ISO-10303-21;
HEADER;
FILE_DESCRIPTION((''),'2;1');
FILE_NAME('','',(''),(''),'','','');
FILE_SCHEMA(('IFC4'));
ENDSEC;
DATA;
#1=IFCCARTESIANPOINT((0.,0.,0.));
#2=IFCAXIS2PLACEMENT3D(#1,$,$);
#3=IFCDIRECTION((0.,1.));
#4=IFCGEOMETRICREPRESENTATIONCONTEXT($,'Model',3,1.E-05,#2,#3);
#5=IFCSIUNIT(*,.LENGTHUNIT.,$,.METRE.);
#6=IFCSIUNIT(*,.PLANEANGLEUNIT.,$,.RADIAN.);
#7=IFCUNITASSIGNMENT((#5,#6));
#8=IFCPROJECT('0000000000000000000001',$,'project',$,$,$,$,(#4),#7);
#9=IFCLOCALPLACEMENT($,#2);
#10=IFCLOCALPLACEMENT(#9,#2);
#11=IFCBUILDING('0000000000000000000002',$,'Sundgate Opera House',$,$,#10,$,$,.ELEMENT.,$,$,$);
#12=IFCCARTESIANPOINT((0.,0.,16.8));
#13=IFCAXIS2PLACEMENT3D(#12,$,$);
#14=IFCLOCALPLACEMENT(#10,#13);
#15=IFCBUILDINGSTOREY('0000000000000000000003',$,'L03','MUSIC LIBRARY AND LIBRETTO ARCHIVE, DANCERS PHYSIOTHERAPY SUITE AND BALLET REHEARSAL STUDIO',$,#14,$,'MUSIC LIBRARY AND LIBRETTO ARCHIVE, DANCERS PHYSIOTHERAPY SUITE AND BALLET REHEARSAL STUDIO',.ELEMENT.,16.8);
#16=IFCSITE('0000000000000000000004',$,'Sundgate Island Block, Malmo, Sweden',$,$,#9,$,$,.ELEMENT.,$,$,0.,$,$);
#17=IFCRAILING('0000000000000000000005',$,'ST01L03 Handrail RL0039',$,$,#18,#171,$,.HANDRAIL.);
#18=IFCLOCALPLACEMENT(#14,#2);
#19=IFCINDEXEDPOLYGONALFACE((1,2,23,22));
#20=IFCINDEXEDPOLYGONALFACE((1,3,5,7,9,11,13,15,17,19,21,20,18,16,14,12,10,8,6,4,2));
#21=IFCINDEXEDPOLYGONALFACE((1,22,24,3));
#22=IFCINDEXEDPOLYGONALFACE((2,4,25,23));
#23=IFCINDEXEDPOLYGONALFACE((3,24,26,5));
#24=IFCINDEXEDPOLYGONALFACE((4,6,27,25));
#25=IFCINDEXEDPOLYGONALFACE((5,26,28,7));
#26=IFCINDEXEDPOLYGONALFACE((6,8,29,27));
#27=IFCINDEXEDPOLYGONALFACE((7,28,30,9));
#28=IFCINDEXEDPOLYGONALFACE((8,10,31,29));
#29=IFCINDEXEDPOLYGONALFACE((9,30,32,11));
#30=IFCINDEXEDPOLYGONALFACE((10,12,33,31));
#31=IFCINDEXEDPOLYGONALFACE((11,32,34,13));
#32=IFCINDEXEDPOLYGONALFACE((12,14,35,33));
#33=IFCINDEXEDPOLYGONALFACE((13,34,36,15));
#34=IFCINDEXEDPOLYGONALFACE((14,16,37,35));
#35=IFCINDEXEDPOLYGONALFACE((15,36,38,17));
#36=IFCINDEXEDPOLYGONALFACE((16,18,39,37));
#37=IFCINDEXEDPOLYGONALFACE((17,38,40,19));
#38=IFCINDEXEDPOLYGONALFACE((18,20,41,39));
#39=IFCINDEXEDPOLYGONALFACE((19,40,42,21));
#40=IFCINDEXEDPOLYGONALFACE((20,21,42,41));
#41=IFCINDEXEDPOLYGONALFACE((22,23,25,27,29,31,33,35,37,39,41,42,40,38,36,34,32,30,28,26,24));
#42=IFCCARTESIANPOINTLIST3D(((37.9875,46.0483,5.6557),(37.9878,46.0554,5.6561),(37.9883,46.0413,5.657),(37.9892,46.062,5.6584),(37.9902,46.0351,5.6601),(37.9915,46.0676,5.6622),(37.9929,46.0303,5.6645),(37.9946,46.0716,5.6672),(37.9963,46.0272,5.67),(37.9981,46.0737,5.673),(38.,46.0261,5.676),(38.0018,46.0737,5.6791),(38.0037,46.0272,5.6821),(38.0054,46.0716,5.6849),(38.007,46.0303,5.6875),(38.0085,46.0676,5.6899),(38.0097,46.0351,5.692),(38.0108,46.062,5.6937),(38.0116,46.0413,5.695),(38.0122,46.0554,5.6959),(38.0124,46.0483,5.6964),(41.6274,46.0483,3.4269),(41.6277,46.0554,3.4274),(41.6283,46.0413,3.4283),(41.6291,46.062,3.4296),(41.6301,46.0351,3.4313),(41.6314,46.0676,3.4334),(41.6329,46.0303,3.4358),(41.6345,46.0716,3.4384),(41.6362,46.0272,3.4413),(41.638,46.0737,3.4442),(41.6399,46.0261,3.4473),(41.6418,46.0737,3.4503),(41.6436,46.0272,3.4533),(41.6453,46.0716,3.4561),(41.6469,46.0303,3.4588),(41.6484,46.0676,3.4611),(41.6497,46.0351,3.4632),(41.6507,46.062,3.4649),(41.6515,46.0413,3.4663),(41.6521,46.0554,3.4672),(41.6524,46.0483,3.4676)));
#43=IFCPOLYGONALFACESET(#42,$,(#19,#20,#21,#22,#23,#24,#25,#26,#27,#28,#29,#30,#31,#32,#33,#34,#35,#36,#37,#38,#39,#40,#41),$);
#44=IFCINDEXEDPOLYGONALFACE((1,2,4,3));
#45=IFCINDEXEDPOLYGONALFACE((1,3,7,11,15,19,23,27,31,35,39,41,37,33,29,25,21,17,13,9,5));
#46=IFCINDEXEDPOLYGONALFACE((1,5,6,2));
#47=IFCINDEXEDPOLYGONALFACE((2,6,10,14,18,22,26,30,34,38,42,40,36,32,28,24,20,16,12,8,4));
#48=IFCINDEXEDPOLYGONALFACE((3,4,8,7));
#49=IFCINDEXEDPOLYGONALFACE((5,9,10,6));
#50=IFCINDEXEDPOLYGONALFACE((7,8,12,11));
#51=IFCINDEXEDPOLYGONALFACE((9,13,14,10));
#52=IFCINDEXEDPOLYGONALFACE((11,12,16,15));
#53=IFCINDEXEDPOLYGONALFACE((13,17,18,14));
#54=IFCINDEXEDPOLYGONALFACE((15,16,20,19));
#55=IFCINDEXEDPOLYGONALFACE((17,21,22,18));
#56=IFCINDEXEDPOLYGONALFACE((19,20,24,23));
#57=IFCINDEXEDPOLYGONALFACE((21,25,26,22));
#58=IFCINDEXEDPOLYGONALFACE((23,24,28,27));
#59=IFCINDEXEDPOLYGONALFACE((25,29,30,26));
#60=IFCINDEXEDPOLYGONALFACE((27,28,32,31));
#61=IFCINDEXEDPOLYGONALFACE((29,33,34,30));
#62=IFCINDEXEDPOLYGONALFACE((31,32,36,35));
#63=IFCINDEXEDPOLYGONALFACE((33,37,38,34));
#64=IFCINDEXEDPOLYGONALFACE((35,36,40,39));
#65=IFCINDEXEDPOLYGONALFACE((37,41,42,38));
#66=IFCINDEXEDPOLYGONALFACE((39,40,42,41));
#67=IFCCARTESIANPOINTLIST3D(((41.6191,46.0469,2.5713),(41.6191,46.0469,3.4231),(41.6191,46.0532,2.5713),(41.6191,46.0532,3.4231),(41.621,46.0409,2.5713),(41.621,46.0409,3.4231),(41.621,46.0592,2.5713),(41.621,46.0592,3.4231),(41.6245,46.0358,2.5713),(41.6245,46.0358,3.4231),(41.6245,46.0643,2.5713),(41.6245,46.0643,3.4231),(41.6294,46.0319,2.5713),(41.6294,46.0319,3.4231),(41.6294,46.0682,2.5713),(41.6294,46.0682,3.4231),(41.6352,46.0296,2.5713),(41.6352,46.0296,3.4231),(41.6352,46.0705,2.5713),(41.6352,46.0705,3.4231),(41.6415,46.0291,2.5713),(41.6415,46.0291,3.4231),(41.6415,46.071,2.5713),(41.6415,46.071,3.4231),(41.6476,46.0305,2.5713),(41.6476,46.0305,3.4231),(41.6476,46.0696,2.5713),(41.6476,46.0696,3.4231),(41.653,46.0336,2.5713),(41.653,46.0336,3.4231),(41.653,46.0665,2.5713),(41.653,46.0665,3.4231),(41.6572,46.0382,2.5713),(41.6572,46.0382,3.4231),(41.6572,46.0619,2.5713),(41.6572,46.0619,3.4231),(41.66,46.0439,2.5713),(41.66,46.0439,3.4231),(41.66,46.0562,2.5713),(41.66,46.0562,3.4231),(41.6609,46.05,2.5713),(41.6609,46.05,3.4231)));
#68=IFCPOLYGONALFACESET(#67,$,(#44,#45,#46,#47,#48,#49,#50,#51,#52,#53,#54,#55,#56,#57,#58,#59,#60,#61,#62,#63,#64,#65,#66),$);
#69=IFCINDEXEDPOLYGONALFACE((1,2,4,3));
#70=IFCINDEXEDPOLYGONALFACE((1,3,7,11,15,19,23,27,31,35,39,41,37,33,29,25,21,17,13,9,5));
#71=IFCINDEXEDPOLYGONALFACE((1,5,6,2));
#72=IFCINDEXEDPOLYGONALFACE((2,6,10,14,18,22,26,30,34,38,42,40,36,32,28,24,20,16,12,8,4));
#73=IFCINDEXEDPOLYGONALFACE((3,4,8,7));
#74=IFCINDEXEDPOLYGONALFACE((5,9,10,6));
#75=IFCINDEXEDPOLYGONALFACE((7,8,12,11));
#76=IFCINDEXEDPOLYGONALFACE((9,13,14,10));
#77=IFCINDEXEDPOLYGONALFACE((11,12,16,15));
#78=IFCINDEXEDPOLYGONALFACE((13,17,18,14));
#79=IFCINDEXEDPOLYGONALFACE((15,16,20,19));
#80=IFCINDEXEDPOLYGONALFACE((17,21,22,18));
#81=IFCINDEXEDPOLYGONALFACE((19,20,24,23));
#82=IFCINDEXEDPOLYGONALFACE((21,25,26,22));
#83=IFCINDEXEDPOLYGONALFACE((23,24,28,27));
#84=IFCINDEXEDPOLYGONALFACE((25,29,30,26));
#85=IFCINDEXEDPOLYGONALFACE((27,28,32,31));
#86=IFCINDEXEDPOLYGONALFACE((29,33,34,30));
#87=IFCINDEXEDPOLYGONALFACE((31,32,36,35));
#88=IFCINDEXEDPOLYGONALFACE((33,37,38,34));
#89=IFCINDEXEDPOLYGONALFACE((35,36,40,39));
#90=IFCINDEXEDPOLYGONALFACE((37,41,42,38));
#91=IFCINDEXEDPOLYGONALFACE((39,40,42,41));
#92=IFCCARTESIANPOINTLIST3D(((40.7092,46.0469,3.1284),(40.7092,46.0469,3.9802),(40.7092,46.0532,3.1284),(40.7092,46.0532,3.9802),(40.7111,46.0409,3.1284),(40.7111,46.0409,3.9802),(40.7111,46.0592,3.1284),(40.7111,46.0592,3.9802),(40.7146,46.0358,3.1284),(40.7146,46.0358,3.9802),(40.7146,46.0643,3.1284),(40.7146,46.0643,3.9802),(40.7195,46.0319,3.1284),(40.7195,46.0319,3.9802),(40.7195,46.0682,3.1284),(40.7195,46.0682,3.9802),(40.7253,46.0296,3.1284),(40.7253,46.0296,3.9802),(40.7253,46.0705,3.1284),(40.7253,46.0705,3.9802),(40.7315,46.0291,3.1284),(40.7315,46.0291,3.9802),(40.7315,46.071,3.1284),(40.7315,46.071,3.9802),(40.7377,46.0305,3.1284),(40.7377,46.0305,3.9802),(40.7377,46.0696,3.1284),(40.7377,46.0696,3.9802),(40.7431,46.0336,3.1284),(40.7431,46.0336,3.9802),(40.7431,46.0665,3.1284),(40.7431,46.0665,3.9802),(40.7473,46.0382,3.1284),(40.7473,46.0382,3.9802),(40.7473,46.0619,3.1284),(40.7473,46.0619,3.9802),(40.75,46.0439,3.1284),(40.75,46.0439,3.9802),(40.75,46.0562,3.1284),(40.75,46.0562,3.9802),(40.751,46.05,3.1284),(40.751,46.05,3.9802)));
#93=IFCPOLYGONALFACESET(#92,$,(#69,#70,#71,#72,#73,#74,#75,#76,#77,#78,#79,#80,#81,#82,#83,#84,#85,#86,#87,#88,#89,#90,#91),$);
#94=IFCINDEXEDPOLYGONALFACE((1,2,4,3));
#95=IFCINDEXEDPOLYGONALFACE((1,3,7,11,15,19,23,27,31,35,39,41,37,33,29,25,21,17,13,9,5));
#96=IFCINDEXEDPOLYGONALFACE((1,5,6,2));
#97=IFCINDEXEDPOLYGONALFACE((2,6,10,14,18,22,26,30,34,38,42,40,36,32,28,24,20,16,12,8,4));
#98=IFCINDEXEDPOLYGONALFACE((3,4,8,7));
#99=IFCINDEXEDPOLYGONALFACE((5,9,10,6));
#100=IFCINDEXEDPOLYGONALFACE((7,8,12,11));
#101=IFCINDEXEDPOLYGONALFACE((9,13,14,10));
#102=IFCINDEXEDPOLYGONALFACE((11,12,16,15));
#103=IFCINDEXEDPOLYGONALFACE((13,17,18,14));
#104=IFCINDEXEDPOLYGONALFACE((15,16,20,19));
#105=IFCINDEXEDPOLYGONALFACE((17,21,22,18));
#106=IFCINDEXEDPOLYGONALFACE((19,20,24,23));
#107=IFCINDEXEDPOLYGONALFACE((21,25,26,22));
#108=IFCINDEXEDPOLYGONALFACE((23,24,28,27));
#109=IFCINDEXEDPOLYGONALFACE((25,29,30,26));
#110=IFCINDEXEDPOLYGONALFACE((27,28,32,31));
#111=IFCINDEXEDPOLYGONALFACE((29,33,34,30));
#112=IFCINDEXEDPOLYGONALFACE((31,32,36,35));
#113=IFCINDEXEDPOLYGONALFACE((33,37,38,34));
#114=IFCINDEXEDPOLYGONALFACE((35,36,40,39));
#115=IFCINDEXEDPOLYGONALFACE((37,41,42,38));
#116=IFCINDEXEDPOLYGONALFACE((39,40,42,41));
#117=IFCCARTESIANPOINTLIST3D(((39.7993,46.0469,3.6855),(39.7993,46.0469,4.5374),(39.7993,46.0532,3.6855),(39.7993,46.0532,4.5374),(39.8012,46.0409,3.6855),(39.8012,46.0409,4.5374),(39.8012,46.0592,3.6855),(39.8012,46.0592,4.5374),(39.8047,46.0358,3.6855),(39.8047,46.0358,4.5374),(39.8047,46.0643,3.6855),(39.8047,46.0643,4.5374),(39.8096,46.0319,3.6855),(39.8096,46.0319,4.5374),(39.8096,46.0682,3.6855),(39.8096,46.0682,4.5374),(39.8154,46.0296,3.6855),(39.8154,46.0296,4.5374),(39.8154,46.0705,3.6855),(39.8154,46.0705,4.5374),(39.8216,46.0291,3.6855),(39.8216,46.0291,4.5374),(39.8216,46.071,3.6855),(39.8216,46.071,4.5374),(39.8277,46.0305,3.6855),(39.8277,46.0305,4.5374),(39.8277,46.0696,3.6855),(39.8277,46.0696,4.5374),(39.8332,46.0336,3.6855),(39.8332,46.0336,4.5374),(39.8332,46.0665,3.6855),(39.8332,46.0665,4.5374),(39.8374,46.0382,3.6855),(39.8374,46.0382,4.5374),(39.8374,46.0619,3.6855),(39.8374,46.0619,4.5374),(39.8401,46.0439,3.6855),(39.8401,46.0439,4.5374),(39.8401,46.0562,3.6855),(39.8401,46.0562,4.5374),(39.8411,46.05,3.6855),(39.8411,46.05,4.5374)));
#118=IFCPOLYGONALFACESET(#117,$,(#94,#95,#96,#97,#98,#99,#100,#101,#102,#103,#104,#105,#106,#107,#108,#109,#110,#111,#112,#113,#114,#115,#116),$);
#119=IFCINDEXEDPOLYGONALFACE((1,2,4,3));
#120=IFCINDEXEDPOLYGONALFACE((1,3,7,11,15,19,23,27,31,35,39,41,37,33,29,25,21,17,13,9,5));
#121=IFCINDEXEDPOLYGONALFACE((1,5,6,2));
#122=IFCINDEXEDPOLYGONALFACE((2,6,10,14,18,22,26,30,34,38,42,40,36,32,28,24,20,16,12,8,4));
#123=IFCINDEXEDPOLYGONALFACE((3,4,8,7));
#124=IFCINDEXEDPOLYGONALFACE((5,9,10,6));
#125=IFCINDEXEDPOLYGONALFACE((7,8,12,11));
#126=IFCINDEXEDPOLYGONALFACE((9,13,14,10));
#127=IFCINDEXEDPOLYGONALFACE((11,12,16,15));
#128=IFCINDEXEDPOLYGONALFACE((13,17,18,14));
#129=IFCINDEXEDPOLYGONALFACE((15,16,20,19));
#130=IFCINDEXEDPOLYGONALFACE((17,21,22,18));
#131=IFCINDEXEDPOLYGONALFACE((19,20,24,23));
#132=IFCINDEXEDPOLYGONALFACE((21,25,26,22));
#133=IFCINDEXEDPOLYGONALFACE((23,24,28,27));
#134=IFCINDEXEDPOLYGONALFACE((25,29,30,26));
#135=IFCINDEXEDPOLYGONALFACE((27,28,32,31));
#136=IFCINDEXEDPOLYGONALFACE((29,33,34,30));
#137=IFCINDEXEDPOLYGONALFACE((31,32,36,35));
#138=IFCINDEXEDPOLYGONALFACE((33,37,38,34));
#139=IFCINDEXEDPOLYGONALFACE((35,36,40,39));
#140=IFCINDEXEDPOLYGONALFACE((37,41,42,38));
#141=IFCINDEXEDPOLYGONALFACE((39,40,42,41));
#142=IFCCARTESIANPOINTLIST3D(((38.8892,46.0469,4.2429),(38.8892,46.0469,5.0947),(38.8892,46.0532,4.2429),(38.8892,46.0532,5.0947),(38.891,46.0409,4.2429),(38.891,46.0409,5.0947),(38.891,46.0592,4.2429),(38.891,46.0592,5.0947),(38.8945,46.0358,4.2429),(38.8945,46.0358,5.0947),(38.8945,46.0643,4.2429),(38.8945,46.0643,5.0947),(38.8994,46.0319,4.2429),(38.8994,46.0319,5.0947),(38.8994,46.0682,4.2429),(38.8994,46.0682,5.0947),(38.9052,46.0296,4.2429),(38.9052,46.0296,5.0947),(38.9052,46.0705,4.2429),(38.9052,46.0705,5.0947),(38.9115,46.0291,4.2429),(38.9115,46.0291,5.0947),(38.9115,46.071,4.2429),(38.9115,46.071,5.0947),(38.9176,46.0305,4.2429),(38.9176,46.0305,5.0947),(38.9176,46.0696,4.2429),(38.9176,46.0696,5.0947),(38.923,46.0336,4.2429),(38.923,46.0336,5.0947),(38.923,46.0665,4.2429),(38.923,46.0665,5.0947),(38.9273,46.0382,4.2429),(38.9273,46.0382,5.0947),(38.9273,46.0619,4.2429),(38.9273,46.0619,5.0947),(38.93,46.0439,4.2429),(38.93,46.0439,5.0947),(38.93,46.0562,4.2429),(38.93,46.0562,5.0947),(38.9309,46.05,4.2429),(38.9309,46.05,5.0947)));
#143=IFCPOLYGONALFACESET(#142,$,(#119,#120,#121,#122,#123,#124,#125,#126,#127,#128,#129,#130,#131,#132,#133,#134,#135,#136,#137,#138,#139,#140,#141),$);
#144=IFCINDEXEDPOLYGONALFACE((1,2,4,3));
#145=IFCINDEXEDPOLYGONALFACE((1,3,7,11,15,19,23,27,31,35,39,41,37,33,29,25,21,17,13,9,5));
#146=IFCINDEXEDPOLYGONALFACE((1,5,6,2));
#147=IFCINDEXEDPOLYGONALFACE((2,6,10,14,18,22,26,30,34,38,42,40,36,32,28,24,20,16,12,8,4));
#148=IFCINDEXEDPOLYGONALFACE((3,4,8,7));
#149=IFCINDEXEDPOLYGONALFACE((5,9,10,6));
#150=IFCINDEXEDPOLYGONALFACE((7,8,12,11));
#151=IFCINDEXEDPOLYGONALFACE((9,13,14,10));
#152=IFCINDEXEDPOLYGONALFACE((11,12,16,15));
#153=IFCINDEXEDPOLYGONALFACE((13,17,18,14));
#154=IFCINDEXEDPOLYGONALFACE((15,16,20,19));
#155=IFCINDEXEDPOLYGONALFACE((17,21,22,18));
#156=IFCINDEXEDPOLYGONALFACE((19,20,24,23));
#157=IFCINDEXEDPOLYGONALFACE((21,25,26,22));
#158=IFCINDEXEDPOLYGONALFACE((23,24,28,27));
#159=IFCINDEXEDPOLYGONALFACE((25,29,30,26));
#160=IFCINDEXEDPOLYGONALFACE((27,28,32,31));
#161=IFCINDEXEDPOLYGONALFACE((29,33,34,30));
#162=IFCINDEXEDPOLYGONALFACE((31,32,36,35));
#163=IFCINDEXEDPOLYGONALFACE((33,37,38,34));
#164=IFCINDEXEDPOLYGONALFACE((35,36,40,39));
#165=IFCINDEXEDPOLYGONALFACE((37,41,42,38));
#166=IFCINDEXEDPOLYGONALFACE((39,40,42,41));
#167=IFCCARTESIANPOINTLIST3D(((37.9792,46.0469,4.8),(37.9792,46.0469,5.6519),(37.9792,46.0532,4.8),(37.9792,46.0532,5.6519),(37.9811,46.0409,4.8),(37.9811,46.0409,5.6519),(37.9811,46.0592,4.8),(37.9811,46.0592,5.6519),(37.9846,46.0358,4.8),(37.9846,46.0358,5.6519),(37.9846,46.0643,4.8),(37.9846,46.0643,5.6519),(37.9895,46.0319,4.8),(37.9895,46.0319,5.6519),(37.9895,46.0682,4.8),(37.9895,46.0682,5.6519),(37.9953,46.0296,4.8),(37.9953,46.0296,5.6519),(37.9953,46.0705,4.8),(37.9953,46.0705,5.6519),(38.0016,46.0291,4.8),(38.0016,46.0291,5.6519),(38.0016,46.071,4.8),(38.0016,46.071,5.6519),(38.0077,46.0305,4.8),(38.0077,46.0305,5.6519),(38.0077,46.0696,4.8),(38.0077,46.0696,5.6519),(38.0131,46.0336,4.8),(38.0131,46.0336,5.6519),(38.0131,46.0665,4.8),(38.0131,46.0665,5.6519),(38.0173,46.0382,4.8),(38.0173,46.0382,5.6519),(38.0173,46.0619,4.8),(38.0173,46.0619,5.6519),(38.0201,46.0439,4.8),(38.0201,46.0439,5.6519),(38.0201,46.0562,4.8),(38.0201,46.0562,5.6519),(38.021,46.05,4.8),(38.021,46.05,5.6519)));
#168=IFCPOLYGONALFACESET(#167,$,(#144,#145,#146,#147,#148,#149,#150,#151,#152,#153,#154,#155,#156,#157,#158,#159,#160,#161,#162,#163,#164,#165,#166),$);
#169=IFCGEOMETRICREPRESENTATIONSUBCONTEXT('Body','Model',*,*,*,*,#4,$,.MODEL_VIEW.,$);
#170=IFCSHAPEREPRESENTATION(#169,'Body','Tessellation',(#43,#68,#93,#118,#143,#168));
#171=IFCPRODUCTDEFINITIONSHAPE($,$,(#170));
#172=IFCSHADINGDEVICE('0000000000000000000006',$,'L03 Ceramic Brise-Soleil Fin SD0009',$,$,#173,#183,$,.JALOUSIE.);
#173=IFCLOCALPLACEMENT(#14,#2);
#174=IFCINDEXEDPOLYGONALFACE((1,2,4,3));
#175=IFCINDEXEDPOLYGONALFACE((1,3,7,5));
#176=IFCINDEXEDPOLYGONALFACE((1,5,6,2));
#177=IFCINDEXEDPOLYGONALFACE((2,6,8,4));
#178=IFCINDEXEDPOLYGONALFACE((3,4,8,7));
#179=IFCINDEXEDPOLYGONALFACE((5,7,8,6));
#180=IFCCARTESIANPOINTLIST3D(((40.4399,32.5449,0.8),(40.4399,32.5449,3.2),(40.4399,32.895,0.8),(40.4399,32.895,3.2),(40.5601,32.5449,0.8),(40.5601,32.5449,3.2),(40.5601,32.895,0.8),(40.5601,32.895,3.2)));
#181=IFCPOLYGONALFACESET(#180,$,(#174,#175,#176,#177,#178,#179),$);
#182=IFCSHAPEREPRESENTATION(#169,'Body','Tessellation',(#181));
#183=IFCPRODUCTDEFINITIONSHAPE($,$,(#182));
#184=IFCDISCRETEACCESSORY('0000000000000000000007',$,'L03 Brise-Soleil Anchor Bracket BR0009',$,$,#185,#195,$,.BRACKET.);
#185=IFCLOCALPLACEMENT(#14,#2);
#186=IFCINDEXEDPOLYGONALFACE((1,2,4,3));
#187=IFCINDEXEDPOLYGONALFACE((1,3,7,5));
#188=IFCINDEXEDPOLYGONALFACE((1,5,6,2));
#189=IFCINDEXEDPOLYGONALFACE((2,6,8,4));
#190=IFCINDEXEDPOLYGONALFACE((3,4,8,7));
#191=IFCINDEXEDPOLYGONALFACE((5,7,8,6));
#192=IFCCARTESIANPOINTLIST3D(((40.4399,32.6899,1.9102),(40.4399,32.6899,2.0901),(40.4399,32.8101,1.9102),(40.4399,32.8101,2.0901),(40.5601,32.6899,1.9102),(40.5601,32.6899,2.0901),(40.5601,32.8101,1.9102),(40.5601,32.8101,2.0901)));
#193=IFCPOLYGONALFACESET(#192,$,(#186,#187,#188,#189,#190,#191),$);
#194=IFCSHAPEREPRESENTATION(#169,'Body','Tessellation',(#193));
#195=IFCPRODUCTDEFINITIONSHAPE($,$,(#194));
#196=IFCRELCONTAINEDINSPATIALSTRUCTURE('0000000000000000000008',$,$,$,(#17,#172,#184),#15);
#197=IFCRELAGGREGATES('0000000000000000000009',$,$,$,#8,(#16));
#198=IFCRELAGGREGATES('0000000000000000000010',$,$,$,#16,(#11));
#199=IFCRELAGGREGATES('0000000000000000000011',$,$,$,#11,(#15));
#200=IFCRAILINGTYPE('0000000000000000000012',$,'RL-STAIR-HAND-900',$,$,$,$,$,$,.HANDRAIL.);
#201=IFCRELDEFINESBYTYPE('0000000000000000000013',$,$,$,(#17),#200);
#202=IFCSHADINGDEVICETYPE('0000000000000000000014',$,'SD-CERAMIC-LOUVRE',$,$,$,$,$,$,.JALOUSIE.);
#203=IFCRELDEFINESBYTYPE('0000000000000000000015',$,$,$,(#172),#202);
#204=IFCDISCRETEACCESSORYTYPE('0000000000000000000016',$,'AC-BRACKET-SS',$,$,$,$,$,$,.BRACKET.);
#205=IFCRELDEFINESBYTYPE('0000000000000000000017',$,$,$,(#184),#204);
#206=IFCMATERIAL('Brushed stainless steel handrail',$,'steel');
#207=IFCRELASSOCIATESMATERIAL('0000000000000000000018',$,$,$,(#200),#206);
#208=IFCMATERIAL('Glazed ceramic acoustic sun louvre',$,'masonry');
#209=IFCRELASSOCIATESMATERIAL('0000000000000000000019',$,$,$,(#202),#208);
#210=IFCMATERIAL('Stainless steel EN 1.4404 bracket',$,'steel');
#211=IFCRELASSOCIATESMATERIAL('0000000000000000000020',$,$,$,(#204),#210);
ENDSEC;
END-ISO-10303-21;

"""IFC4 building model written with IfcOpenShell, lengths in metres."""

from ifc_helpers import new_model, si_unit, direction, frame, origin, origin_2d, place, context, subcontext, project, spatial, rectangle, circle, extrude, material, type_object, element, save


model = new_model("IFC4")

# Units and contexts
model_context = context("Model", 3, precision=1e-05, world=origin(), true_north=direction((0.0, 1.0)))
body_context = subcontext(model_context, "Body", "Model", "MODEL_VIEW")
ifc_project = project(units=[si_unit("LENGTHUNIT", "METRE"), si_unit("PLANEANGLEUNIT", "RADIAN")], contexts=[model_context])

# Site, building, storey
site_placement = place(None, origin())
site = spatial("IfcSite", under=ifc_project, at=site_placement, Name="Sundgate Island Block, Malmo, Sweden", CompositionType="ELEMENT", RefElevation=0.0)
building_placement = place(site_placement, origin())
building = spatial("IfcBuilding", under=site, at=building_placement, Name="Sundgate Opera House", CompositionType="ELEMENT")
storey_placement = place(building_placement, frame((0.0, 0.0, 16.8)))
storey = spatial("IfcBuildingStorey", under=building, at=storey_placement, Name="L03", Description="MUSIC LIBRARY AND LIBRETTO ARCHIVE, DANCERS PHYSIOTHERAPY SUITE AND BALLET REHEARSAL STUDIO", LongName="MUSIC LIBRARY AND LIBRETTO ARCHIVE, DANCERS PHYSIOTHERAPY SUITE AND BALLET REHEARSAL STUDIO", CompositionType="ELEMENT", Elevation=16.8)

# Railing
ifc_material_1 = material(Name="Brushed stainless steel handrail", Category="steel")
railing_type_1 = type_object("IfcRailingType", Name="RL-STAIR-HAND-900", PredefinedType="HANDRAIL", material=ifc_material_1)
railing_1_placement = place(storey_placement, frame((41.6399, 46.05, 2.5713)))
element("IfcRailing", 1, at=railing_1_placement, inside=storey, type_object=railing_type_1, Name="ST01L03 Handrail RL0039", PredefinedType="HANDRAIL", context=body_context, shape_type="SweptSolid", body=[
    extrude(circle(Radius=0.0239, at=origin_2d()), frame((0.0, 0.0, 0.876), z_axis=(-0.852825, 0.0, 0.522197), x_axis=(0.0, -1.0, 0.0)), (0.0, 0.0, 1.0), 4.2681),
    extrude(circle(Radius=0.021, at=origin_2d()), origin(), (0.0, 0.0, 1.0), 0.8518),
    extrude(circle(Radius=0.021, at=origin_2d()), frame((-0.9099, 0.0, 0.5571)), (0.0, 0.0, 1.0), 0.8518),
    extrude(circle(Radius=0.021, at=origin_2d()), frame((-1.8198, 0.0, 1.1143)), (0.0, 0.0, 1.0), 0.8518),
    extrude(circle(Radius=0.021, at=origin_2d()), frame((-2.73, 0.0, 1.6716)), (0.0, 0.0, 1.0), 0.8518),
    extrude(circle(Radius=0.021, at=origin_2d()), frame((-3.6399, 0.0, 2.2288)), (0.0, 0.0, 1.0), 0.8518),
])

# Shading device
ifc_material_2 = material(Name="Glazed ceramic acoustic sun louvre", Category="masonry")
shading_device_type = type_object("IfcShadingDeviceType", Name="SD-CERAMIC-LOUVRE", PredefinedType="JALOUSIE", material=ifc_material_2)
shading_device_placement = place(storey_placement, frame((40.5, 32.72, 0.8), z_axis=(0.0, 0.0, 1.0), x_axis=(1.0, 0.0, 0.0)))
element("IfcShadingDevice", 2, at=shading_device_placement, inside=storey, type_object=shading_device_type, Name="L03 Ceramic Brise-Soleil Fin SD0009", PredefinedType="JALOUSIE", context=body_context, shape_type="SweptSolid", body=[
    extrude(rectangle(XDim=0.1201, YDim=0.3501, at=origin_2d()), origin(), (0.0, 0.0, 1.0), 2.3999),
])

# Discrete accessory
ifc_material_3 = material(Name="Stainless steel EN 1.4404 bracket", Category="steel")
discrete_accessory_type = type_object("IfcDiscreteAccessoryType", Name="AC-BRACKET-SS", PredefinedType="BRACKET", material=ifc_material_3)
discrete_accessory_placement = place(storey_placement, frame((40.5, 32.75, 1.9102), z_axis=(0.0, 0.0, 1.0), x_axis=(1.0, 0.0, 0.0)))
element("IfcDiscreteAccessory", 3, at=discrete_accessory_placement, inside=storey, type_object=discrete_accessory_type, Name="L03 Brise-Soleil Anchor Bracket BR0009", PredefinedType="BRACKET", context=body_context, shape_type="SweptSolid", body=[
    extrude(rectangle(XDim=0.1201, YDim=0.1201, at=origin_2d()), origin(), (0.0, 0.0, 1.0), 0.1799),
])

save(model, "model.ifc")
